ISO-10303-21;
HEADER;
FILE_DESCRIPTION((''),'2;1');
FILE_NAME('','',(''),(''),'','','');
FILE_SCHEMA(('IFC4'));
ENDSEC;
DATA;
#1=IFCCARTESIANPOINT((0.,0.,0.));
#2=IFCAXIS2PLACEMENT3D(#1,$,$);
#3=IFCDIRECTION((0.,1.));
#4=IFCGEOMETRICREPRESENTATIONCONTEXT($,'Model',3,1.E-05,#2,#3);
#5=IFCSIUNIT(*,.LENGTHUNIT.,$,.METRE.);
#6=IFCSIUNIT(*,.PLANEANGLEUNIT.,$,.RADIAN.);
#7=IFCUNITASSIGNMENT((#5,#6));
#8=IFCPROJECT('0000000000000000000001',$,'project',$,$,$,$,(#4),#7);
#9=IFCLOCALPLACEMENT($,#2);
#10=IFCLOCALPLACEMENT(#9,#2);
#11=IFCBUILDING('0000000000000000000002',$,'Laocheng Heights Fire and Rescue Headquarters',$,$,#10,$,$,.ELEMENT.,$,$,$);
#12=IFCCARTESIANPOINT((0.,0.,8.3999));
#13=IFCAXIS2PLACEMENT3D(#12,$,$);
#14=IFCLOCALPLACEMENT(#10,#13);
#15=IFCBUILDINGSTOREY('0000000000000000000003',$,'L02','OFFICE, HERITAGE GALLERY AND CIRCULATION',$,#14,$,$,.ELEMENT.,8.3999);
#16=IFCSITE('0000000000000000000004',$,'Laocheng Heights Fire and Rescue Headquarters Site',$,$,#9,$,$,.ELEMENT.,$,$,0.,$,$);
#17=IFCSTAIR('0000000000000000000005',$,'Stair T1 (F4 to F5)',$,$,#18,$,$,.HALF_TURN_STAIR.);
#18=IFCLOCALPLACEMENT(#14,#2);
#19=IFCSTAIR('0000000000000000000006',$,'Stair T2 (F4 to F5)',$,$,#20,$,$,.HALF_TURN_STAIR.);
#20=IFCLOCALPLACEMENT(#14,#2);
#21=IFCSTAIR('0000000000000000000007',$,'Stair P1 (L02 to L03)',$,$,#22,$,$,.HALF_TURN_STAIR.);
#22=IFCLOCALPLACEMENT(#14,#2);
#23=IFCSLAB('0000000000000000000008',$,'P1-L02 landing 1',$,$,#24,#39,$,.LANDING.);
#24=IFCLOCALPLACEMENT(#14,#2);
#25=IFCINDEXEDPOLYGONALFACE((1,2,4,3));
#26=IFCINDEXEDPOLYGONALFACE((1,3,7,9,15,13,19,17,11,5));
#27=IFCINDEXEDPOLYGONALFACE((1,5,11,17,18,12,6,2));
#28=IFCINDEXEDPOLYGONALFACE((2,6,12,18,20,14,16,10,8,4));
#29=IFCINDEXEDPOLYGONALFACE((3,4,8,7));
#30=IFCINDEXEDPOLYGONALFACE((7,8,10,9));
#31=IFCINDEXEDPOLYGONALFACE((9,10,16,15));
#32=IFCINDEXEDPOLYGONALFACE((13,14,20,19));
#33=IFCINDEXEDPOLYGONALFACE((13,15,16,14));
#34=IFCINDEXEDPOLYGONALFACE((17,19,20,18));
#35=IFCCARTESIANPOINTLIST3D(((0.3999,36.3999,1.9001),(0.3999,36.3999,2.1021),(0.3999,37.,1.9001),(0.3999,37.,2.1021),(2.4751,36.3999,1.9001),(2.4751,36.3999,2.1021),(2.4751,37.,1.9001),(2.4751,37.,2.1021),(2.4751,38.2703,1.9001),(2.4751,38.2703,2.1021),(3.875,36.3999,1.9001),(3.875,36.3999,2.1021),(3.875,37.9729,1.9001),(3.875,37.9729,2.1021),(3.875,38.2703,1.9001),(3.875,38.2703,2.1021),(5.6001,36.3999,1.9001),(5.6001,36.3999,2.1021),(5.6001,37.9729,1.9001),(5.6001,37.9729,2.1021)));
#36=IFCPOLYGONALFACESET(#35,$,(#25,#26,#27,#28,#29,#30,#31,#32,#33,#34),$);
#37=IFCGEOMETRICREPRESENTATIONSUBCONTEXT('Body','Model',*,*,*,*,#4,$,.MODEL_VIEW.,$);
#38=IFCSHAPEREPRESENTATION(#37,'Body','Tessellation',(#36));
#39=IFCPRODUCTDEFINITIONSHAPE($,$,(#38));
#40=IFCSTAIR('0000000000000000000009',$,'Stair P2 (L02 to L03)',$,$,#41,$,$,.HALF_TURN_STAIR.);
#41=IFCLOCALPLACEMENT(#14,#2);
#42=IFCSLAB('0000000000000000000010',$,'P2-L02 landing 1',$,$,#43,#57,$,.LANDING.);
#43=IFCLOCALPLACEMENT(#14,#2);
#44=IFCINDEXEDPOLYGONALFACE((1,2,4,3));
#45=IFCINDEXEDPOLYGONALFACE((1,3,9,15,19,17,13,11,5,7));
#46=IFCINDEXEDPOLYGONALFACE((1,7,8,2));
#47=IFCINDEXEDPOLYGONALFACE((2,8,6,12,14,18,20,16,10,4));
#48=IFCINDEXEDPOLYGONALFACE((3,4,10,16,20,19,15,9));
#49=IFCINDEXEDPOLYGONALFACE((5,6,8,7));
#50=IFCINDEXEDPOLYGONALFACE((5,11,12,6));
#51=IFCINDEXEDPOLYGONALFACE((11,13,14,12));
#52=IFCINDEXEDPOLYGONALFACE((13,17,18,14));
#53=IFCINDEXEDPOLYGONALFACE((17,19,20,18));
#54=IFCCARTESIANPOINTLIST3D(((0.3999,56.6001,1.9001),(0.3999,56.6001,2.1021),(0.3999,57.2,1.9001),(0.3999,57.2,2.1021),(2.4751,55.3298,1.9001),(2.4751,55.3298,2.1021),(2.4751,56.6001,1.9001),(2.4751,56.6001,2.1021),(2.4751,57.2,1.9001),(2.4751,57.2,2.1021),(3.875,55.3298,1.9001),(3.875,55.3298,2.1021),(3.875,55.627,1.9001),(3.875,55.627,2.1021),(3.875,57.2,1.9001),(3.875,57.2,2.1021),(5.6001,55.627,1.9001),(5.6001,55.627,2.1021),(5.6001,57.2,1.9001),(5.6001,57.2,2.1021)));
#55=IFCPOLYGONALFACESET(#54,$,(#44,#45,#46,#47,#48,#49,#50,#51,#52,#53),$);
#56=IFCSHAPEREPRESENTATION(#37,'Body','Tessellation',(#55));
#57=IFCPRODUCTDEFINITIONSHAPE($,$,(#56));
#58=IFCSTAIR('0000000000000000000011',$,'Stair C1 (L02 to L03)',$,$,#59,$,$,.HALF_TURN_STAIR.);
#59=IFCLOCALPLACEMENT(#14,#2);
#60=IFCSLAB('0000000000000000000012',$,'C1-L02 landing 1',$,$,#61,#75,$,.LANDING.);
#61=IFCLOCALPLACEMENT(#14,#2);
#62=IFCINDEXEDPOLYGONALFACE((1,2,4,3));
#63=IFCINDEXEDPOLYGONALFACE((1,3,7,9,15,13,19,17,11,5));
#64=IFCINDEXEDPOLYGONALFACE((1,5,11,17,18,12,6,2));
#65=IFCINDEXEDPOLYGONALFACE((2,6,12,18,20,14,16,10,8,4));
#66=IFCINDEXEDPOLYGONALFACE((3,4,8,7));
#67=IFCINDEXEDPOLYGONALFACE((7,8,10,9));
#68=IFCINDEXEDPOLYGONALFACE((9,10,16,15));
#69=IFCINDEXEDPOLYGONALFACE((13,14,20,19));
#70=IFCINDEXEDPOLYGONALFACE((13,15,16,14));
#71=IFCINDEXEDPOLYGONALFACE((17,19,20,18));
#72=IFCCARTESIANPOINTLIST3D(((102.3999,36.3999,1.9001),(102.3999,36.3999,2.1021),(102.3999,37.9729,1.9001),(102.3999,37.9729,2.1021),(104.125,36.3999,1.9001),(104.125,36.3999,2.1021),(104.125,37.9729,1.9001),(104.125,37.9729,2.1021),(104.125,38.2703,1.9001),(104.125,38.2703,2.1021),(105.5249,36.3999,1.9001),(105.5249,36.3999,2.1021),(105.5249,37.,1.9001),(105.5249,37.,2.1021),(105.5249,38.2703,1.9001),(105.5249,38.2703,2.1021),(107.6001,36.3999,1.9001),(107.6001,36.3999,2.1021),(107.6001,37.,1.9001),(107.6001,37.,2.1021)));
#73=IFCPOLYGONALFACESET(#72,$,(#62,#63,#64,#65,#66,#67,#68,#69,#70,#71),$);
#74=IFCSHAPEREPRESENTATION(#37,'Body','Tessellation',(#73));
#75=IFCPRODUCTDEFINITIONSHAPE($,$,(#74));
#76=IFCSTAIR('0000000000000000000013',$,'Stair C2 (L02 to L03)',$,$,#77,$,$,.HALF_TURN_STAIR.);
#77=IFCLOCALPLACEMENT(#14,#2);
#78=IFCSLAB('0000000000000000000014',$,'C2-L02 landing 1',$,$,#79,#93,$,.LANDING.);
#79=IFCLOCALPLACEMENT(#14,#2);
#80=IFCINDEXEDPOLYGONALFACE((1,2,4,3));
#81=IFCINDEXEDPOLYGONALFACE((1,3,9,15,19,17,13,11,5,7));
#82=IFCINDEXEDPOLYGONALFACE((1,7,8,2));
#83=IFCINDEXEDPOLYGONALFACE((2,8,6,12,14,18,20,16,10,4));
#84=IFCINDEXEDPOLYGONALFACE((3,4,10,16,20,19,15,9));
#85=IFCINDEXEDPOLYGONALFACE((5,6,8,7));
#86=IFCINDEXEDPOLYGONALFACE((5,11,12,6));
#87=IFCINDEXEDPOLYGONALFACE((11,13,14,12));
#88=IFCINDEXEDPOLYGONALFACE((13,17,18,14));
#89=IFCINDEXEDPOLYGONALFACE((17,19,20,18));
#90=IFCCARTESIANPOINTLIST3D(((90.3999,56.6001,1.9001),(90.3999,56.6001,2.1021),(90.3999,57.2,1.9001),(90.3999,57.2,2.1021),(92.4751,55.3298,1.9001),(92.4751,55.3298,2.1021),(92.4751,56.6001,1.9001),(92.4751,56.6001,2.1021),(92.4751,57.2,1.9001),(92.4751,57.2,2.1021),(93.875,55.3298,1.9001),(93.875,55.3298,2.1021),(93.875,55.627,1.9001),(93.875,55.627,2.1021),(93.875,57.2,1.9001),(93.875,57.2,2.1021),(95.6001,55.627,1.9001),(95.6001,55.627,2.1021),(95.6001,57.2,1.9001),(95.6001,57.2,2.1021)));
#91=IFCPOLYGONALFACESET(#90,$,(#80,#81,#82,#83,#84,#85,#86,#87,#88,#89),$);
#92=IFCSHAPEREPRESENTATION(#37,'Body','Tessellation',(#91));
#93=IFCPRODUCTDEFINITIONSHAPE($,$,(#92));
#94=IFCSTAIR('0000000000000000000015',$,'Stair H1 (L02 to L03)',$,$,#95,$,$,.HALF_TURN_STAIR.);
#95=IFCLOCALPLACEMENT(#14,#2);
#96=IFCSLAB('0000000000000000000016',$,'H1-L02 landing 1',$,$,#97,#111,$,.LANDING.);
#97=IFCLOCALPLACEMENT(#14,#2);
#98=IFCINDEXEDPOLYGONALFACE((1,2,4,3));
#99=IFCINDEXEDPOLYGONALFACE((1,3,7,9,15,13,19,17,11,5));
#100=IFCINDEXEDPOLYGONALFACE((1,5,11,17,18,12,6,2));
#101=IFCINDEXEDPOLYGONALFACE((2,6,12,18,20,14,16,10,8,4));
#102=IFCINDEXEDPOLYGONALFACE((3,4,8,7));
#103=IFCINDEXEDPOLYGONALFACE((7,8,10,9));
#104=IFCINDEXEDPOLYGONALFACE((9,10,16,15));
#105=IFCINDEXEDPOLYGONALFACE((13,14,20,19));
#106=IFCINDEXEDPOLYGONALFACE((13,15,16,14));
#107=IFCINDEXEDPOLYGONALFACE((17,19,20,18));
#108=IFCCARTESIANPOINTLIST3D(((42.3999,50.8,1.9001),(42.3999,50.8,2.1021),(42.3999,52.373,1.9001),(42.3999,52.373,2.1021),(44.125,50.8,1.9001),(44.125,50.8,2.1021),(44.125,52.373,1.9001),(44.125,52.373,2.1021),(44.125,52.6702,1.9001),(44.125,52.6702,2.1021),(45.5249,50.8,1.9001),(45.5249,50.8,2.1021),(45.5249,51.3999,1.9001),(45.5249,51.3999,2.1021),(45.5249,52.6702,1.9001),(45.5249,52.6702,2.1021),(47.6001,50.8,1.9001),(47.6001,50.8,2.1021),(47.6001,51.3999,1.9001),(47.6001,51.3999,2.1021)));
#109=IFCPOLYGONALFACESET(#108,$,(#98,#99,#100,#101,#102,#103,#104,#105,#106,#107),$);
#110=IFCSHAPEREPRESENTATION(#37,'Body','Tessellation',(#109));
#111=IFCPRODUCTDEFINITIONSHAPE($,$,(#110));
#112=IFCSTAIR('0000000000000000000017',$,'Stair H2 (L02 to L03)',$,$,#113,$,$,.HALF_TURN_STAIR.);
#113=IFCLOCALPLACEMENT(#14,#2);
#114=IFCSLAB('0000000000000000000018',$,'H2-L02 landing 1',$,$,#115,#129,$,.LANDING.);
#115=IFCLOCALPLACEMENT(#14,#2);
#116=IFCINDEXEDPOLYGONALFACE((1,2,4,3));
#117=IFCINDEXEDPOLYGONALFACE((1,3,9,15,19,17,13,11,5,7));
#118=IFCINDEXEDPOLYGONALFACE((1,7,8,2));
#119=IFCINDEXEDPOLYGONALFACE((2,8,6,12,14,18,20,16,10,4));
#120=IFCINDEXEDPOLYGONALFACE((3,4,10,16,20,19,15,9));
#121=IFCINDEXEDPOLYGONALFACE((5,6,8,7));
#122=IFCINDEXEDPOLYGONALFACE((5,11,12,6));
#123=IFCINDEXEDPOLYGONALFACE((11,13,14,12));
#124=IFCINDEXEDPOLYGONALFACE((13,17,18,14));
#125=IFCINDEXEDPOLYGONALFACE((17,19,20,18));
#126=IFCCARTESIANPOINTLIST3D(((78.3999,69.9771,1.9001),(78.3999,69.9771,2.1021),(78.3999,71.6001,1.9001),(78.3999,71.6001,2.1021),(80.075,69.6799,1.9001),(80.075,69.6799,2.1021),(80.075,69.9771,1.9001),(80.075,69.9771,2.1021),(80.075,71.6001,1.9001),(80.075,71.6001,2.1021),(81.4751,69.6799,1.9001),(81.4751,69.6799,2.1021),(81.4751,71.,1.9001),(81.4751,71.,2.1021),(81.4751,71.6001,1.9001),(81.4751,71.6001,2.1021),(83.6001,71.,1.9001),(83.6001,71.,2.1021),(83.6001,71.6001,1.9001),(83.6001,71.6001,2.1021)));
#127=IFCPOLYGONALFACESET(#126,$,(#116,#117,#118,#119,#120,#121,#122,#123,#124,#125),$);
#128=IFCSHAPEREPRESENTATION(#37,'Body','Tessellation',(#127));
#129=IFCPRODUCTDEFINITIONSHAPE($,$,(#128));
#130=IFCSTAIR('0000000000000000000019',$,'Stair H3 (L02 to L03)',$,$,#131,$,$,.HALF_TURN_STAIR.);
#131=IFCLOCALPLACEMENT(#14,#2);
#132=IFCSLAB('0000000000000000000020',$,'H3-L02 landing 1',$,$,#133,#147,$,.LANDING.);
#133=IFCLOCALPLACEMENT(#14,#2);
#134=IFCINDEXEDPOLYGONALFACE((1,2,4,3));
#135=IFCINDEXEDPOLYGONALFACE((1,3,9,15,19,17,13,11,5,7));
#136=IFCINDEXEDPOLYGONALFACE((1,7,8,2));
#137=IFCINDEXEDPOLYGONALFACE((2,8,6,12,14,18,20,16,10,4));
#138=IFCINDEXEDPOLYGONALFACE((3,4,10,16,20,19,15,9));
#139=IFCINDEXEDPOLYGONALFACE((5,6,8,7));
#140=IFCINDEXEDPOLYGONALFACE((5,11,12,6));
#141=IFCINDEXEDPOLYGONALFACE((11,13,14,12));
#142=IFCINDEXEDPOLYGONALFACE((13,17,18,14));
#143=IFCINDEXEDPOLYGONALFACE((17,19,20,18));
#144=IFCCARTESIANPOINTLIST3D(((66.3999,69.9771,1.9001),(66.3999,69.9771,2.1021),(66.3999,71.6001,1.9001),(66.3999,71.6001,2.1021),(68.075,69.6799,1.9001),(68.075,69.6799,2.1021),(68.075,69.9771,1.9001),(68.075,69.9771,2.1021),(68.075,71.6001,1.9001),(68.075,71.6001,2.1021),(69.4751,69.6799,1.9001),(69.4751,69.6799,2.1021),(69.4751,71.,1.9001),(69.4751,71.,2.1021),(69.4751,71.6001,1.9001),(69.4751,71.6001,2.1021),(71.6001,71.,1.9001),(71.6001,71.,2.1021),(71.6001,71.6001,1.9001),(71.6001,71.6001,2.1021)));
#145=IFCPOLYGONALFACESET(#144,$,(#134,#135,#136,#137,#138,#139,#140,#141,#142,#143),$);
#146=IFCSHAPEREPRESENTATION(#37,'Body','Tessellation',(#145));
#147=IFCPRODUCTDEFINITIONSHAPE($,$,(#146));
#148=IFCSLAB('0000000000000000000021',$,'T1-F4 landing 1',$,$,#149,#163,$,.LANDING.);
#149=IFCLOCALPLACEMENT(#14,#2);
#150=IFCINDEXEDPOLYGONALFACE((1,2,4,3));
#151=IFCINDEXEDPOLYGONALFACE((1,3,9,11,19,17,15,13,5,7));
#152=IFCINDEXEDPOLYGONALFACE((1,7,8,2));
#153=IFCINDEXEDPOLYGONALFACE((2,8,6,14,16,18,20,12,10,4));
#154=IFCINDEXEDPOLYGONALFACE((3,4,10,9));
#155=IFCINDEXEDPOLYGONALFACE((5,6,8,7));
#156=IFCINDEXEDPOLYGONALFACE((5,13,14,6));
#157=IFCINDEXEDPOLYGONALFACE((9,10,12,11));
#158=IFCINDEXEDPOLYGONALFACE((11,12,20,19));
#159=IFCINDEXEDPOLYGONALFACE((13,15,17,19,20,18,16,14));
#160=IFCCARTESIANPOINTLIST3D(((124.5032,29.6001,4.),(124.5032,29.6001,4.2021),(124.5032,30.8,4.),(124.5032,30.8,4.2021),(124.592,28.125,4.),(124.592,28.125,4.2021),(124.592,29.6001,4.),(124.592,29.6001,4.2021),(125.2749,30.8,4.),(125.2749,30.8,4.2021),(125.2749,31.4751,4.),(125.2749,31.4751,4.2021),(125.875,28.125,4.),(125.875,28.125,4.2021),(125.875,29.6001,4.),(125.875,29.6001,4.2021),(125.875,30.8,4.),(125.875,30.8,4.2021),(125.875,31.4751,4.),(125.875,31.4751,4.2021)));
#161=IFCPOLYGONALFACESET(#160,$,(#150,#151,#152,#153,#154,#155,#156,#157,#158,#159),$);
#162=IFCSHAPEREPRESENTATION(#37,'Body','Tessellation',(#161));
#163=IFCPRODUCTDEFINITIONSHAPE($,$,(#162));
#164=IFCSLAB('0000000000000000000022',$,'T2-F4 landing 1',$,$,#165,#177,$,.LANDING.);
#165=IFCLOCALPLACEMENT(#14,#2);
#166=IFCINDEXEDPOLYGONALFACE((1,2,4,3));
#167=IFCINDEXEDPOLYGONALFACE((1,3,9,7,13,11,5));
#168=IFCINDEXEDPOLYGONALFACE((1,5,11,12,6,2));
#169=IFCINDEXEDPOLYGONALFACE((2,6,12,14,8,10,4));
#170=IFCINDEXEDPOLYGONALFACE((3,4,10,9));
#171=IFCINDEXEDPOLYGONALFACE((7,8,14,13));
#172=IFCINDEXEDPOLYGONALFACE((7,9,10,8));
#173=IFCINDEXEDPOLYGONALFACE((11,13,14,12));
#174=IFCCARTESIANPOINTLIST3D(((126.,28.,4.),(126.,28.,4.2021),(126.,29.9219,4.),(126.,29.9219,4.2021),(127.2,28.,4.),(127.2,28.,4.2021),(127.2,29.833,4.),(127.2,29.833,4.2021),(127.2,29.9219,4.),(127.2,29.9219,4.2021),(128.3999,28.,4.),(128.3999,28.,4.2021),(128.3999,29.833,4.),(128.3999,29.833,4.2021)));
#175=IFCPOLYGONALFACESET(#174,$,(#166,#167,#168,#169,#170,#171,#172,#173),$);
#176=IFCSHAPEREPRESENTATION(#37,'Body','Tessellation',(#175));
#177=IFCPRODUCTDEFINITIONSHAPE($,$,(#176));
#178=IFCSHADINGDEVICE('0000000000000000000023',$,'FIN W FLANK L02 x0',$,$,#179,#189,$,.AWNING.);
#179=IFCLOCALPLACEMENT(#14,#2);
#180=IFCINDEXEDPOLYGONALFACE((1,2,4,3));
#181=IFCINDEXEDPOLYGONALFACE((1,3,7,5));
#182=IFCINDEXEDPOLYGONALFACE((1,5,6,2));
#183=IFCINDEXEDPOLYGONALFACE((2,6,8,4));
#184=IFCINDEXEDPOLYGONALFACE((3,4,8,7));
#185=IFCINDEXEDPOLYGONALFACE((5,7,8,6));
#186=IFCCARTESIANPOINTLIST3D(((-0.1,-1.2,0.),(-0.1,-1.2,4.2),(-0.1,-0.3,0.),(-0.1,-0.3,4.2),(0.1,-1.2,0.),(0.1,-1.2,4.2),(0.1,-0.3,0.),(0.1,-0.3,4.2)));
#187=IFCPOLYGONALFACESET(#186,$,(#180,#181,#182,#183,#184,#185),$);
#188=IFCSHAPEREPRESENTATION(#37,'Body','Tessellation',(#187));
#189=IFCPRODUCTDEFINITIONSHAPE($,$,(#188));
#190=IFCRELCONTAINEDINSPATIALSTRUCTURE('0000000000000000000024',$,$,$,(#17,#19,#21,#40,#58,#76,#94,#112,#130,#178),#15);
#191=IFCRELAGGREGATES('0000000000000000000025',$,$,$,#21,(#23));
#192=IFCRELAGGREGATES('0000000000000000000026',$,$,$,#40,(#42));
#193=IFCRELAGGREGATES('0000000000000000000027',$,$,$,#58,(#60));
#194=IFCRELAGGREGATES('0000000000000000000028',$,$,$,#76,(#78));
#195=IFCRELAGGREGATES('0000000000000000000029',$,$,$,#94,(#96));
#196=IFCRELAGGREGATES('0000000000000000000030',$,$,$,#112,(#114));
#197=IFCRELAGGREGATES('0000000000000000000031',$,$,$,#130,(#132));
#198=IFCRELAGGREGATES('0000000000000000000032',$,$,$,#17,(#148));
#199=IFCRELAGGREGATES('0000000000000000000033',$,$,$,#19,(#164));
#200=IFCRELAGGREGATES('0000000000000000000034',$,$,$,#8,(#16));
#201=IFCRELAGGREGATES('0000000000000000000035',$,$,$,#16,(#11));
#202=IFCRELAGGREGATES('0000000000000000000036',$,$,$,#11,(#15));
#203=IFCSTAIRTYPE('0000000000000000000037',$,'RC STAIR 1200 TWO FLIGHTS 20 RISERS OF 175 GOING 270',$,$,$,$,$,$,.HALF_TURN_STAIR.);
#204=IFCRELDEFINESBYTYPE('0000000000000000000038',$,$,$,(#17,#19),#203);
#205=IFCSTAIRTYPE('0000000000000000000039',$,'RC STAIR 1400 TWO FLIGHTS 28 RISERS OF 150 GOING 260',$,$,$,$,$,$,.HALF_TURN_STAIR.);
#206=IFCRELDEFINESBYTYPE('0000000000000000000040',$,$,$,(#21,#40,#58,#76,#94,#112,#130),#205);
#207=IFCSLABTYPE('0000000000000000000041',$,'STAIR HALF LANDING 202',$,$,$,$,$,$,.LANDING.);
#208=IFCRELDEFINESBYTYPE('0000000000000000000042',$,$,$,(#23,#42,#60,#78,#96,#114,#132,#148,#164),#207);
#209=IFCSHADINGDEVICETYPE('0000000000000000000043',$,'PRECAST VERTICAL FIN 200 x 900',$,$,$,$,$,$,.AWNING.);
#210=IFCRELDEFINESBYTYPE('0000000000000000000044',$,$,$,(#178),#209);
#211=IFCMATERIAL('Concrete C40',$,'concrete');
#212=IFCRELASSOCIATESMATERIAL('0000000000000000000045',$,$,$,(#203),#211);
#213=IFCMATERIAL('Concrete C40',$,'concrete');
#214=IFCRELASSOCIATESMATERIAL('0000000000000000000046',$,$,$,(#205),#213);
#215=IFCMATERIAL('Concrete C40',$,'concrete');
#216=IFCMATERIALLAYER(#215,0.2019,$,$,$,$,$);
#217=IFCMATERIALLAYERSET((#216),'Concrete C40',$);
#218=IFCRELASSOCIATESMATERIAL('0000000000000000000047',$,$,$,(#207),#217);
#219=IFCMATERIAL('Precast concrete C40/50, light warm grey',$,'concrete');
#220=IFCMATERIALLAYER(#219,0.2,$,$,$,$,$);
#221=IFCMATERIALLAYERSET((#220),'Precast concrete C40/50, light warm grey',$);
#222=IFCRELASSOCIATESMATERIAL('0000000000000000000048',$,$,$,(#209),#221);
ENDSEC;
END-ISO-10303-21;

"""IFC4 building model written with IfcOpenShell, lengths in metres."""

from ifc_helpers import new_model, si_unit, direction, frame, origin, origin_2d, place, context, subcontext, project, spatial, polyline, rectangle, outline, extrude, material, layer, layer_set, type_object, element, aggregate, save


model = new_model("IFC4")

# Units and contexts
model_context = context("Model", 3, precision=1e-05, world=origin(), true_north=direction((0.0, 1.0)))
body_context = subcontext(model_context, "Body", "Model", "MODEL_VIEW")
ifc_project = project(units=[si_unit("LENGTHUNIT", "METRE"), si_unit("PLANEANGLEUNIT", "RADIAN")], contexts=[model_context])

# Site, building, storey
site_placement = place(None, origin())
site = spatial("IfcSite", under=ifc_project, at=site_placement, Name="Laocheng Heights Fire and Rescue Headquarters Site", CompositionType="ELEMENT", RefElevation=0.0)
building_placement = place(site_placement, origin())
building = spatial("IfcBuilding", under=site, at=building_placement, Name="Laocheng Heights Fire and Rescue Headquarters", CompositionType="ELEMENT")
storey_placement = place(building_placement, frame((0.0, 0.0, 8.3999)))
storey = spatial("IfcBuildingStorey", under=building, at=storey_placement, Name="L02", Description="OFFICE, HERITAGE GALLERY AND CIRCULATION", CompositionType="ELEMENT", Elevation=8.3999)

# Stairs, slabs
ifc_material_1 = material(Name="Concrete C40", Category="concrete")
stair_type_1 = type_object("IfcStairType", Name="RC STAIR 1200 TWO FLIGHTS 20 RISERS OF 175 GOING 270", PredefinedType="HALF_TURN_STAIR", material=ifc_material_1)
stair_1_placement = place(storey_placement, origin())
stair_1 = element("IfcStair", 1, at=stair_1_placement, inside=storey, type_object=stair_type_1, Name="Stair T1 (F4 to F5)", PredefinedType="HALF_TURN_STAIR")
stair_2_placement = place(storey_placement, origin())
stair_2 = element("IfcStair", 2, at=stair_2_placement, inside=storey, type_object=stair_type_1, Name="Stair T2 (F4 to F5)", PredefinedType="HALF_TURN_STAIR")
ifc_material_2 = material(Name="Concrete C40", Category="concrete")
stair_type_2 = type_object("IfcStairType", Name="RC STAIR 1400 TWO FLIGHTS 28 RISERS OF 150 GOING 260", PredefinedType="HALF_TURN_STAIR", material=ifc_material_2)
ifc_material_3 = material(Name="Concrete C40", Category="concrete")
ifc_layer_1 = layer(ifc_material_3, 0.2019)
ifc_layer_set_1 = layer_set([ifc_layer_1], Name="Concrete C40")
slab_type_1 = type_object("IfcSlabType", Name="STAIR HALF LANDING 202", PredefinedType="LANDING", material=ifc_layer_set_1)
stair_3_placement = place(storey_placement, origin())
stair_3 = element("IfcStair", 3, at=stair_3_placement, inside=storey, type_object=stair_type_2, Name="Stair P1 (L02 to L03)", PredefinedType="HALF_TURN_STAIR")
slab_1_placement = place(storey_placement, frame((0.0, 0.0, 1.9001)))
slab_1 = element("IfcSlab", 4, at=slab_1_placement, type_object=slab_type_1, Name="P1-L02 landing 1", PredefinedType="LANDING", context=body_context, shape_type="SweptSolid", body=[
    extrude(outline(polyline([(0.3999, 37.0), (0.3999, 36.3999), (2.4751, 36.3999), (3.875, 36.3999), (5.6001, 36.3999), (5.6001, 37.9729), (3.875, 37.9729), (3.875, 38.2703), (2.4751, 38.2703), (2.4751, 37.0), (0.3999, 37.0)])), origin(), (0.0, 0.0, 1.0), 0.2019),
])
aggregate(stair_3, [slab_1])
stair_4_placement = place(storey_placement, origin())
stair_4 = element("IfcStair", 5, at=stair_4_placement, inside=storey, type_object=stair_type_2, Name="Stair P2 (L02 to L03)", PredefinedType="HALF_TURN_STAIR")
slab_2_placement = place(storey_placement, frame((0.0, 0.0, 1.9001)))
slab_2 = element("IfcSlab", 6, at=slab_2_placement, type_object=slab_type_1, Name="P2-L02 landing 1", PredefinedType="LANDING", context=body_context, shape_type="SweptSolid", body=[
    extrude(outline(polyline([(0.3999, 56.6001), (0.3999, 57.2), (2.4751, 57.2), (3.875, 57.2), (5.6001, 57.2), (5.6001, 55.627), (3.875, 55.627), (3.875, 55.3298), (2.4751, 55.3298), (2.4751, 56.6001), (0.3999, 56.6001)])), origin(), (0.0, 0.0, 1.0), 0.2019),
])
aggregate(stair_4, [slab_2])
stair_5_placement = place(storey_placement, origin())
stair_5 = element("IfcStair", 7, at=stair_5_placement, inside=storey, type_object=stair_type_2, Name="Stair C1 (L02 to L03)", PredefinedType="HALF_TURN_STAIR")
slab_3_placement = place(storey_placement, frame((0.0, 0.0, 1.9001)))
slab_3 = element("IfcSlab", 8, at=slab_3_placement, type_object=slab_type_1, Name="C1-L02 landing 1", PredefinedType="LANDING", context=body_context, shape_type="SweptSolid", body=[
    extrude(outline(polyline([(107.6001, 37.0), (107.6001, 36.3999), (105.5249, 36.3999), (104.125, 36.3999), (102.3999, 36.3999), (102.3999, 37.9729), (104.125, 37.9729), (104.125, 38.2703), (105.5249, 38.2703), (105.5249, 37.0), (107.6001, 37.0)])), origin(), (0.0, 0.0, 1.0), 0.2019),
])
aggregate(stair_5, [slab_3])
stair_6_placement = place(storey_placement, origin())
stair_6 = element("IfcStair", 9, at=stair_6_placement, inside=storey, type_object=stair_type_2, Name="Stair C2 (L02 to L03)", PredefinedType="HALF_TURN_STAIR")
slab_4_placement = place(storey_placement, frame((0.0, 0.0, 1.9001)))
slab_4 = element("IfcSlab", 10, at=slab_4_placement, type_object=slab_type_1, Name="C2-L02 landing 1", PredefinedType="LANDING", context=body_context, shape_type="SweptSolid", body=[
    extrude(outline(polyline([(90.3999, 56.6001), (90.3999, 57.2), (92.4751, 57.2), (93.875, 57.2), (95.6001, 57.2), (95.6001, 55.627), (93.875, 55.627), (93.875, 55.3298), (92.4751, 55.3298), (92.4751, 56.6001), (90.3999, 56.6001)])), origin(), (0.0, 0.0, 1.0), 0.2019),
])
aggregate(stair_6, [slab_4])
stair_7_placement = place(storey_placement, origin())
stair_7 = element("IfcStair", 11, at=stair_7_placement, inside=storey, type_object=stair_type_2, Name="Stair H1 (L02 to L03)", PredefinedType="HALF_TURN_STAIR")
slab_5_placement = place(storey_placement, frame((0.0, 0.0, 1.9001)))
slab_5 = element("IfcSlab", 12, at=slab_5_placement, type_object=slab_type_1, Name="H1-L02 landing 1", PredefinedType="LANDING", context=body_context, shape_type="SweptSolid", body=[
    extrude(outline(polyline([(47.6001, 51.3999), (47.6001, 50.8), (45.5249, 50.8), (44.125, 50.8), (42.3999, 50.8), (42.3999, 52.373), (44.125, 52.373), (44.125, 52.6702), (45.5249, 52.6702), (45.5249, 51.3999), (47.6001, 51.3999)])), origin(), (0.0, 0.0, 1.0), 0.2019),
])
aggregate(stair_7, [slab_5])
stair_8_placement = place(storey_placement, origin())
stair_8 = element("IfcStair", 13, at=stair_8_placement, inside=storey, type_object=stair_type_2, Name="Stair H2 (L02 to L03)", PredefinedType="HALF_TURN_STAIR")
slab_6_placement = place(storey_placement, frame((0.0, 0.0, 1.9001)))
slab_6 = element("IfcSlab", 14, at=slab_6_placement, type_object=slab_type_1, Name="H2-L02 landing 1", PredefinedType="LANDING", context=body_context, shape_type="SweptSolid", body=[
    extrude(outline(polyline([(83.6001, 71.0), (83.6001, 71.6001), (81.4751, 71.6001), (80.075, 71.6001), (78.3999, 71.6001), (78.3999, 69.9771), (80.075, 69.9771), (80.075, 69.6799), (81.4751, 69.6799), (81.4751, 71.0), (83.6001, 71.0)])), origin(), (0.0, 0.0, 1.0), 0.2019),
])
aggregate(stair_8, [slab_6])
stair_9_placement = place(storey_placement, origin())
stair_9 = element("IfcStair", 15, at=stair_9_placement, inside=storey, type_object=stair_type_2, Name="Stair H3 (L02 to L03)", PredefinedType="HALF_TURN_STAIR")
slab_7_placement = place(storey_placement, frame((0.0, 0.0, 1.9001)))
slab_7 = element("IfcSlab", 16, at=slab_7_placement, type_object=slab_type_1, Name="H3-L02 landing 1", PredefinedType="LANDING", context=body_context, shape_type="SweptSolid", body=[
    extrude(outline(polyline([(71.6001, 71.0), (71.6001, 71.6001), (69.4751, 71.6001), (68.075, 71.6001), (66.3999, 71.6001), (66.3999, 69.9771), (68.075, 69.9771), (68.075, 69.6799), (69.4751, 69.6799), (69.4751, 71.0), (71.6001, 71.0)])), origin(), (0.0, 0.0, 1.0), 0.2019),
])
aggregate(stair_9, [slab_7])

# Slabs
slab_8_placement = place(storey_placement, frame((0.0, 0.0, 4.0)))
slab_8 = element("IfcSlab", 17, at=slab_8_placement, type_object=slab_type_1, Name="T1-F4 landing 1", PredefinedType="LANDING", context=body_context, shape_type="SweptSolid", body=[
    extrude(outline(polyline([(125.2749, 31.4751), (125.875, 31.4751), (125.875, 30.8), (125.875, 29.6001), (125.875, 28.125), (124.592, 28.125), (124.592, 29.6001), (124.5032, 29.6001), (124.5032, 30.8), (125.2749, 30.8), (125.2749, 31.4751)])), origin(), (0.0, 0.0, 1.0), 0.2021),
])
aggregate(stair_1, [slab_8])
slab_9_placement = place(storey_placement, frame((0.0, 0.0, 4.0)))
slab_9 = element("IfcSlab", 18, at=slab_9_placement, type_object=slab_type_1, Name="T2-F4 landing 1", PredefinedType="LANDING", context=body_context, shape_type="SweptSolid", body=[
    extrude(outline(polyline([(128.3999, 28.0), (128.3999, 29.833), (127.2, 29.833), (127.2, 29.9219), (126.0, 29.9219), (126.0, 28.0), (127.2, 28.0), (128.3999, 28.0)])), origin(), (0.0, 0.0, 1.0), 0.2021),
])
aggregate(stair_2, [slab_9])

# Shading device
ifc_material_4 = material(Name="Precast concrete C40/50, light warm grey", Category="concrete")
ifc_layer_2 = layer(ifc_material_4, 0.2)
ifc_layer_set_2 = layer_set([ifc_layer_2], Name="Precast concrete C40/50, light warm grey")
shading_device_type = type_object("IfcShadingDeviceType", Name="PRECAST VERTICAL FIN 200 x 900", PredefinedType="AWNING", material=ifc_layer_set_2)
shading_device_placement = place(storey_placement, frame((0.0, -0.75, 0.0), z_axis=(0.0, 0.0, 1.0), x_axis=(1.0, 0.0, 0.0)))
element("IfcShadingDevice", 19, at=shading_device_placement, inside=storey, type_object=shading_device_type, Name="FIN W FLANK L02 x0", PredefinedType="AWNING", context=body_context, shape_type="SweptSolid", body=[
    extrude(rectangle(XDim=0.2, YDim=0.8999, at=origin_2d()), origin(), (0.0, 0.0, 1.0), 4.2),
])

save(model, "model.ifc")
